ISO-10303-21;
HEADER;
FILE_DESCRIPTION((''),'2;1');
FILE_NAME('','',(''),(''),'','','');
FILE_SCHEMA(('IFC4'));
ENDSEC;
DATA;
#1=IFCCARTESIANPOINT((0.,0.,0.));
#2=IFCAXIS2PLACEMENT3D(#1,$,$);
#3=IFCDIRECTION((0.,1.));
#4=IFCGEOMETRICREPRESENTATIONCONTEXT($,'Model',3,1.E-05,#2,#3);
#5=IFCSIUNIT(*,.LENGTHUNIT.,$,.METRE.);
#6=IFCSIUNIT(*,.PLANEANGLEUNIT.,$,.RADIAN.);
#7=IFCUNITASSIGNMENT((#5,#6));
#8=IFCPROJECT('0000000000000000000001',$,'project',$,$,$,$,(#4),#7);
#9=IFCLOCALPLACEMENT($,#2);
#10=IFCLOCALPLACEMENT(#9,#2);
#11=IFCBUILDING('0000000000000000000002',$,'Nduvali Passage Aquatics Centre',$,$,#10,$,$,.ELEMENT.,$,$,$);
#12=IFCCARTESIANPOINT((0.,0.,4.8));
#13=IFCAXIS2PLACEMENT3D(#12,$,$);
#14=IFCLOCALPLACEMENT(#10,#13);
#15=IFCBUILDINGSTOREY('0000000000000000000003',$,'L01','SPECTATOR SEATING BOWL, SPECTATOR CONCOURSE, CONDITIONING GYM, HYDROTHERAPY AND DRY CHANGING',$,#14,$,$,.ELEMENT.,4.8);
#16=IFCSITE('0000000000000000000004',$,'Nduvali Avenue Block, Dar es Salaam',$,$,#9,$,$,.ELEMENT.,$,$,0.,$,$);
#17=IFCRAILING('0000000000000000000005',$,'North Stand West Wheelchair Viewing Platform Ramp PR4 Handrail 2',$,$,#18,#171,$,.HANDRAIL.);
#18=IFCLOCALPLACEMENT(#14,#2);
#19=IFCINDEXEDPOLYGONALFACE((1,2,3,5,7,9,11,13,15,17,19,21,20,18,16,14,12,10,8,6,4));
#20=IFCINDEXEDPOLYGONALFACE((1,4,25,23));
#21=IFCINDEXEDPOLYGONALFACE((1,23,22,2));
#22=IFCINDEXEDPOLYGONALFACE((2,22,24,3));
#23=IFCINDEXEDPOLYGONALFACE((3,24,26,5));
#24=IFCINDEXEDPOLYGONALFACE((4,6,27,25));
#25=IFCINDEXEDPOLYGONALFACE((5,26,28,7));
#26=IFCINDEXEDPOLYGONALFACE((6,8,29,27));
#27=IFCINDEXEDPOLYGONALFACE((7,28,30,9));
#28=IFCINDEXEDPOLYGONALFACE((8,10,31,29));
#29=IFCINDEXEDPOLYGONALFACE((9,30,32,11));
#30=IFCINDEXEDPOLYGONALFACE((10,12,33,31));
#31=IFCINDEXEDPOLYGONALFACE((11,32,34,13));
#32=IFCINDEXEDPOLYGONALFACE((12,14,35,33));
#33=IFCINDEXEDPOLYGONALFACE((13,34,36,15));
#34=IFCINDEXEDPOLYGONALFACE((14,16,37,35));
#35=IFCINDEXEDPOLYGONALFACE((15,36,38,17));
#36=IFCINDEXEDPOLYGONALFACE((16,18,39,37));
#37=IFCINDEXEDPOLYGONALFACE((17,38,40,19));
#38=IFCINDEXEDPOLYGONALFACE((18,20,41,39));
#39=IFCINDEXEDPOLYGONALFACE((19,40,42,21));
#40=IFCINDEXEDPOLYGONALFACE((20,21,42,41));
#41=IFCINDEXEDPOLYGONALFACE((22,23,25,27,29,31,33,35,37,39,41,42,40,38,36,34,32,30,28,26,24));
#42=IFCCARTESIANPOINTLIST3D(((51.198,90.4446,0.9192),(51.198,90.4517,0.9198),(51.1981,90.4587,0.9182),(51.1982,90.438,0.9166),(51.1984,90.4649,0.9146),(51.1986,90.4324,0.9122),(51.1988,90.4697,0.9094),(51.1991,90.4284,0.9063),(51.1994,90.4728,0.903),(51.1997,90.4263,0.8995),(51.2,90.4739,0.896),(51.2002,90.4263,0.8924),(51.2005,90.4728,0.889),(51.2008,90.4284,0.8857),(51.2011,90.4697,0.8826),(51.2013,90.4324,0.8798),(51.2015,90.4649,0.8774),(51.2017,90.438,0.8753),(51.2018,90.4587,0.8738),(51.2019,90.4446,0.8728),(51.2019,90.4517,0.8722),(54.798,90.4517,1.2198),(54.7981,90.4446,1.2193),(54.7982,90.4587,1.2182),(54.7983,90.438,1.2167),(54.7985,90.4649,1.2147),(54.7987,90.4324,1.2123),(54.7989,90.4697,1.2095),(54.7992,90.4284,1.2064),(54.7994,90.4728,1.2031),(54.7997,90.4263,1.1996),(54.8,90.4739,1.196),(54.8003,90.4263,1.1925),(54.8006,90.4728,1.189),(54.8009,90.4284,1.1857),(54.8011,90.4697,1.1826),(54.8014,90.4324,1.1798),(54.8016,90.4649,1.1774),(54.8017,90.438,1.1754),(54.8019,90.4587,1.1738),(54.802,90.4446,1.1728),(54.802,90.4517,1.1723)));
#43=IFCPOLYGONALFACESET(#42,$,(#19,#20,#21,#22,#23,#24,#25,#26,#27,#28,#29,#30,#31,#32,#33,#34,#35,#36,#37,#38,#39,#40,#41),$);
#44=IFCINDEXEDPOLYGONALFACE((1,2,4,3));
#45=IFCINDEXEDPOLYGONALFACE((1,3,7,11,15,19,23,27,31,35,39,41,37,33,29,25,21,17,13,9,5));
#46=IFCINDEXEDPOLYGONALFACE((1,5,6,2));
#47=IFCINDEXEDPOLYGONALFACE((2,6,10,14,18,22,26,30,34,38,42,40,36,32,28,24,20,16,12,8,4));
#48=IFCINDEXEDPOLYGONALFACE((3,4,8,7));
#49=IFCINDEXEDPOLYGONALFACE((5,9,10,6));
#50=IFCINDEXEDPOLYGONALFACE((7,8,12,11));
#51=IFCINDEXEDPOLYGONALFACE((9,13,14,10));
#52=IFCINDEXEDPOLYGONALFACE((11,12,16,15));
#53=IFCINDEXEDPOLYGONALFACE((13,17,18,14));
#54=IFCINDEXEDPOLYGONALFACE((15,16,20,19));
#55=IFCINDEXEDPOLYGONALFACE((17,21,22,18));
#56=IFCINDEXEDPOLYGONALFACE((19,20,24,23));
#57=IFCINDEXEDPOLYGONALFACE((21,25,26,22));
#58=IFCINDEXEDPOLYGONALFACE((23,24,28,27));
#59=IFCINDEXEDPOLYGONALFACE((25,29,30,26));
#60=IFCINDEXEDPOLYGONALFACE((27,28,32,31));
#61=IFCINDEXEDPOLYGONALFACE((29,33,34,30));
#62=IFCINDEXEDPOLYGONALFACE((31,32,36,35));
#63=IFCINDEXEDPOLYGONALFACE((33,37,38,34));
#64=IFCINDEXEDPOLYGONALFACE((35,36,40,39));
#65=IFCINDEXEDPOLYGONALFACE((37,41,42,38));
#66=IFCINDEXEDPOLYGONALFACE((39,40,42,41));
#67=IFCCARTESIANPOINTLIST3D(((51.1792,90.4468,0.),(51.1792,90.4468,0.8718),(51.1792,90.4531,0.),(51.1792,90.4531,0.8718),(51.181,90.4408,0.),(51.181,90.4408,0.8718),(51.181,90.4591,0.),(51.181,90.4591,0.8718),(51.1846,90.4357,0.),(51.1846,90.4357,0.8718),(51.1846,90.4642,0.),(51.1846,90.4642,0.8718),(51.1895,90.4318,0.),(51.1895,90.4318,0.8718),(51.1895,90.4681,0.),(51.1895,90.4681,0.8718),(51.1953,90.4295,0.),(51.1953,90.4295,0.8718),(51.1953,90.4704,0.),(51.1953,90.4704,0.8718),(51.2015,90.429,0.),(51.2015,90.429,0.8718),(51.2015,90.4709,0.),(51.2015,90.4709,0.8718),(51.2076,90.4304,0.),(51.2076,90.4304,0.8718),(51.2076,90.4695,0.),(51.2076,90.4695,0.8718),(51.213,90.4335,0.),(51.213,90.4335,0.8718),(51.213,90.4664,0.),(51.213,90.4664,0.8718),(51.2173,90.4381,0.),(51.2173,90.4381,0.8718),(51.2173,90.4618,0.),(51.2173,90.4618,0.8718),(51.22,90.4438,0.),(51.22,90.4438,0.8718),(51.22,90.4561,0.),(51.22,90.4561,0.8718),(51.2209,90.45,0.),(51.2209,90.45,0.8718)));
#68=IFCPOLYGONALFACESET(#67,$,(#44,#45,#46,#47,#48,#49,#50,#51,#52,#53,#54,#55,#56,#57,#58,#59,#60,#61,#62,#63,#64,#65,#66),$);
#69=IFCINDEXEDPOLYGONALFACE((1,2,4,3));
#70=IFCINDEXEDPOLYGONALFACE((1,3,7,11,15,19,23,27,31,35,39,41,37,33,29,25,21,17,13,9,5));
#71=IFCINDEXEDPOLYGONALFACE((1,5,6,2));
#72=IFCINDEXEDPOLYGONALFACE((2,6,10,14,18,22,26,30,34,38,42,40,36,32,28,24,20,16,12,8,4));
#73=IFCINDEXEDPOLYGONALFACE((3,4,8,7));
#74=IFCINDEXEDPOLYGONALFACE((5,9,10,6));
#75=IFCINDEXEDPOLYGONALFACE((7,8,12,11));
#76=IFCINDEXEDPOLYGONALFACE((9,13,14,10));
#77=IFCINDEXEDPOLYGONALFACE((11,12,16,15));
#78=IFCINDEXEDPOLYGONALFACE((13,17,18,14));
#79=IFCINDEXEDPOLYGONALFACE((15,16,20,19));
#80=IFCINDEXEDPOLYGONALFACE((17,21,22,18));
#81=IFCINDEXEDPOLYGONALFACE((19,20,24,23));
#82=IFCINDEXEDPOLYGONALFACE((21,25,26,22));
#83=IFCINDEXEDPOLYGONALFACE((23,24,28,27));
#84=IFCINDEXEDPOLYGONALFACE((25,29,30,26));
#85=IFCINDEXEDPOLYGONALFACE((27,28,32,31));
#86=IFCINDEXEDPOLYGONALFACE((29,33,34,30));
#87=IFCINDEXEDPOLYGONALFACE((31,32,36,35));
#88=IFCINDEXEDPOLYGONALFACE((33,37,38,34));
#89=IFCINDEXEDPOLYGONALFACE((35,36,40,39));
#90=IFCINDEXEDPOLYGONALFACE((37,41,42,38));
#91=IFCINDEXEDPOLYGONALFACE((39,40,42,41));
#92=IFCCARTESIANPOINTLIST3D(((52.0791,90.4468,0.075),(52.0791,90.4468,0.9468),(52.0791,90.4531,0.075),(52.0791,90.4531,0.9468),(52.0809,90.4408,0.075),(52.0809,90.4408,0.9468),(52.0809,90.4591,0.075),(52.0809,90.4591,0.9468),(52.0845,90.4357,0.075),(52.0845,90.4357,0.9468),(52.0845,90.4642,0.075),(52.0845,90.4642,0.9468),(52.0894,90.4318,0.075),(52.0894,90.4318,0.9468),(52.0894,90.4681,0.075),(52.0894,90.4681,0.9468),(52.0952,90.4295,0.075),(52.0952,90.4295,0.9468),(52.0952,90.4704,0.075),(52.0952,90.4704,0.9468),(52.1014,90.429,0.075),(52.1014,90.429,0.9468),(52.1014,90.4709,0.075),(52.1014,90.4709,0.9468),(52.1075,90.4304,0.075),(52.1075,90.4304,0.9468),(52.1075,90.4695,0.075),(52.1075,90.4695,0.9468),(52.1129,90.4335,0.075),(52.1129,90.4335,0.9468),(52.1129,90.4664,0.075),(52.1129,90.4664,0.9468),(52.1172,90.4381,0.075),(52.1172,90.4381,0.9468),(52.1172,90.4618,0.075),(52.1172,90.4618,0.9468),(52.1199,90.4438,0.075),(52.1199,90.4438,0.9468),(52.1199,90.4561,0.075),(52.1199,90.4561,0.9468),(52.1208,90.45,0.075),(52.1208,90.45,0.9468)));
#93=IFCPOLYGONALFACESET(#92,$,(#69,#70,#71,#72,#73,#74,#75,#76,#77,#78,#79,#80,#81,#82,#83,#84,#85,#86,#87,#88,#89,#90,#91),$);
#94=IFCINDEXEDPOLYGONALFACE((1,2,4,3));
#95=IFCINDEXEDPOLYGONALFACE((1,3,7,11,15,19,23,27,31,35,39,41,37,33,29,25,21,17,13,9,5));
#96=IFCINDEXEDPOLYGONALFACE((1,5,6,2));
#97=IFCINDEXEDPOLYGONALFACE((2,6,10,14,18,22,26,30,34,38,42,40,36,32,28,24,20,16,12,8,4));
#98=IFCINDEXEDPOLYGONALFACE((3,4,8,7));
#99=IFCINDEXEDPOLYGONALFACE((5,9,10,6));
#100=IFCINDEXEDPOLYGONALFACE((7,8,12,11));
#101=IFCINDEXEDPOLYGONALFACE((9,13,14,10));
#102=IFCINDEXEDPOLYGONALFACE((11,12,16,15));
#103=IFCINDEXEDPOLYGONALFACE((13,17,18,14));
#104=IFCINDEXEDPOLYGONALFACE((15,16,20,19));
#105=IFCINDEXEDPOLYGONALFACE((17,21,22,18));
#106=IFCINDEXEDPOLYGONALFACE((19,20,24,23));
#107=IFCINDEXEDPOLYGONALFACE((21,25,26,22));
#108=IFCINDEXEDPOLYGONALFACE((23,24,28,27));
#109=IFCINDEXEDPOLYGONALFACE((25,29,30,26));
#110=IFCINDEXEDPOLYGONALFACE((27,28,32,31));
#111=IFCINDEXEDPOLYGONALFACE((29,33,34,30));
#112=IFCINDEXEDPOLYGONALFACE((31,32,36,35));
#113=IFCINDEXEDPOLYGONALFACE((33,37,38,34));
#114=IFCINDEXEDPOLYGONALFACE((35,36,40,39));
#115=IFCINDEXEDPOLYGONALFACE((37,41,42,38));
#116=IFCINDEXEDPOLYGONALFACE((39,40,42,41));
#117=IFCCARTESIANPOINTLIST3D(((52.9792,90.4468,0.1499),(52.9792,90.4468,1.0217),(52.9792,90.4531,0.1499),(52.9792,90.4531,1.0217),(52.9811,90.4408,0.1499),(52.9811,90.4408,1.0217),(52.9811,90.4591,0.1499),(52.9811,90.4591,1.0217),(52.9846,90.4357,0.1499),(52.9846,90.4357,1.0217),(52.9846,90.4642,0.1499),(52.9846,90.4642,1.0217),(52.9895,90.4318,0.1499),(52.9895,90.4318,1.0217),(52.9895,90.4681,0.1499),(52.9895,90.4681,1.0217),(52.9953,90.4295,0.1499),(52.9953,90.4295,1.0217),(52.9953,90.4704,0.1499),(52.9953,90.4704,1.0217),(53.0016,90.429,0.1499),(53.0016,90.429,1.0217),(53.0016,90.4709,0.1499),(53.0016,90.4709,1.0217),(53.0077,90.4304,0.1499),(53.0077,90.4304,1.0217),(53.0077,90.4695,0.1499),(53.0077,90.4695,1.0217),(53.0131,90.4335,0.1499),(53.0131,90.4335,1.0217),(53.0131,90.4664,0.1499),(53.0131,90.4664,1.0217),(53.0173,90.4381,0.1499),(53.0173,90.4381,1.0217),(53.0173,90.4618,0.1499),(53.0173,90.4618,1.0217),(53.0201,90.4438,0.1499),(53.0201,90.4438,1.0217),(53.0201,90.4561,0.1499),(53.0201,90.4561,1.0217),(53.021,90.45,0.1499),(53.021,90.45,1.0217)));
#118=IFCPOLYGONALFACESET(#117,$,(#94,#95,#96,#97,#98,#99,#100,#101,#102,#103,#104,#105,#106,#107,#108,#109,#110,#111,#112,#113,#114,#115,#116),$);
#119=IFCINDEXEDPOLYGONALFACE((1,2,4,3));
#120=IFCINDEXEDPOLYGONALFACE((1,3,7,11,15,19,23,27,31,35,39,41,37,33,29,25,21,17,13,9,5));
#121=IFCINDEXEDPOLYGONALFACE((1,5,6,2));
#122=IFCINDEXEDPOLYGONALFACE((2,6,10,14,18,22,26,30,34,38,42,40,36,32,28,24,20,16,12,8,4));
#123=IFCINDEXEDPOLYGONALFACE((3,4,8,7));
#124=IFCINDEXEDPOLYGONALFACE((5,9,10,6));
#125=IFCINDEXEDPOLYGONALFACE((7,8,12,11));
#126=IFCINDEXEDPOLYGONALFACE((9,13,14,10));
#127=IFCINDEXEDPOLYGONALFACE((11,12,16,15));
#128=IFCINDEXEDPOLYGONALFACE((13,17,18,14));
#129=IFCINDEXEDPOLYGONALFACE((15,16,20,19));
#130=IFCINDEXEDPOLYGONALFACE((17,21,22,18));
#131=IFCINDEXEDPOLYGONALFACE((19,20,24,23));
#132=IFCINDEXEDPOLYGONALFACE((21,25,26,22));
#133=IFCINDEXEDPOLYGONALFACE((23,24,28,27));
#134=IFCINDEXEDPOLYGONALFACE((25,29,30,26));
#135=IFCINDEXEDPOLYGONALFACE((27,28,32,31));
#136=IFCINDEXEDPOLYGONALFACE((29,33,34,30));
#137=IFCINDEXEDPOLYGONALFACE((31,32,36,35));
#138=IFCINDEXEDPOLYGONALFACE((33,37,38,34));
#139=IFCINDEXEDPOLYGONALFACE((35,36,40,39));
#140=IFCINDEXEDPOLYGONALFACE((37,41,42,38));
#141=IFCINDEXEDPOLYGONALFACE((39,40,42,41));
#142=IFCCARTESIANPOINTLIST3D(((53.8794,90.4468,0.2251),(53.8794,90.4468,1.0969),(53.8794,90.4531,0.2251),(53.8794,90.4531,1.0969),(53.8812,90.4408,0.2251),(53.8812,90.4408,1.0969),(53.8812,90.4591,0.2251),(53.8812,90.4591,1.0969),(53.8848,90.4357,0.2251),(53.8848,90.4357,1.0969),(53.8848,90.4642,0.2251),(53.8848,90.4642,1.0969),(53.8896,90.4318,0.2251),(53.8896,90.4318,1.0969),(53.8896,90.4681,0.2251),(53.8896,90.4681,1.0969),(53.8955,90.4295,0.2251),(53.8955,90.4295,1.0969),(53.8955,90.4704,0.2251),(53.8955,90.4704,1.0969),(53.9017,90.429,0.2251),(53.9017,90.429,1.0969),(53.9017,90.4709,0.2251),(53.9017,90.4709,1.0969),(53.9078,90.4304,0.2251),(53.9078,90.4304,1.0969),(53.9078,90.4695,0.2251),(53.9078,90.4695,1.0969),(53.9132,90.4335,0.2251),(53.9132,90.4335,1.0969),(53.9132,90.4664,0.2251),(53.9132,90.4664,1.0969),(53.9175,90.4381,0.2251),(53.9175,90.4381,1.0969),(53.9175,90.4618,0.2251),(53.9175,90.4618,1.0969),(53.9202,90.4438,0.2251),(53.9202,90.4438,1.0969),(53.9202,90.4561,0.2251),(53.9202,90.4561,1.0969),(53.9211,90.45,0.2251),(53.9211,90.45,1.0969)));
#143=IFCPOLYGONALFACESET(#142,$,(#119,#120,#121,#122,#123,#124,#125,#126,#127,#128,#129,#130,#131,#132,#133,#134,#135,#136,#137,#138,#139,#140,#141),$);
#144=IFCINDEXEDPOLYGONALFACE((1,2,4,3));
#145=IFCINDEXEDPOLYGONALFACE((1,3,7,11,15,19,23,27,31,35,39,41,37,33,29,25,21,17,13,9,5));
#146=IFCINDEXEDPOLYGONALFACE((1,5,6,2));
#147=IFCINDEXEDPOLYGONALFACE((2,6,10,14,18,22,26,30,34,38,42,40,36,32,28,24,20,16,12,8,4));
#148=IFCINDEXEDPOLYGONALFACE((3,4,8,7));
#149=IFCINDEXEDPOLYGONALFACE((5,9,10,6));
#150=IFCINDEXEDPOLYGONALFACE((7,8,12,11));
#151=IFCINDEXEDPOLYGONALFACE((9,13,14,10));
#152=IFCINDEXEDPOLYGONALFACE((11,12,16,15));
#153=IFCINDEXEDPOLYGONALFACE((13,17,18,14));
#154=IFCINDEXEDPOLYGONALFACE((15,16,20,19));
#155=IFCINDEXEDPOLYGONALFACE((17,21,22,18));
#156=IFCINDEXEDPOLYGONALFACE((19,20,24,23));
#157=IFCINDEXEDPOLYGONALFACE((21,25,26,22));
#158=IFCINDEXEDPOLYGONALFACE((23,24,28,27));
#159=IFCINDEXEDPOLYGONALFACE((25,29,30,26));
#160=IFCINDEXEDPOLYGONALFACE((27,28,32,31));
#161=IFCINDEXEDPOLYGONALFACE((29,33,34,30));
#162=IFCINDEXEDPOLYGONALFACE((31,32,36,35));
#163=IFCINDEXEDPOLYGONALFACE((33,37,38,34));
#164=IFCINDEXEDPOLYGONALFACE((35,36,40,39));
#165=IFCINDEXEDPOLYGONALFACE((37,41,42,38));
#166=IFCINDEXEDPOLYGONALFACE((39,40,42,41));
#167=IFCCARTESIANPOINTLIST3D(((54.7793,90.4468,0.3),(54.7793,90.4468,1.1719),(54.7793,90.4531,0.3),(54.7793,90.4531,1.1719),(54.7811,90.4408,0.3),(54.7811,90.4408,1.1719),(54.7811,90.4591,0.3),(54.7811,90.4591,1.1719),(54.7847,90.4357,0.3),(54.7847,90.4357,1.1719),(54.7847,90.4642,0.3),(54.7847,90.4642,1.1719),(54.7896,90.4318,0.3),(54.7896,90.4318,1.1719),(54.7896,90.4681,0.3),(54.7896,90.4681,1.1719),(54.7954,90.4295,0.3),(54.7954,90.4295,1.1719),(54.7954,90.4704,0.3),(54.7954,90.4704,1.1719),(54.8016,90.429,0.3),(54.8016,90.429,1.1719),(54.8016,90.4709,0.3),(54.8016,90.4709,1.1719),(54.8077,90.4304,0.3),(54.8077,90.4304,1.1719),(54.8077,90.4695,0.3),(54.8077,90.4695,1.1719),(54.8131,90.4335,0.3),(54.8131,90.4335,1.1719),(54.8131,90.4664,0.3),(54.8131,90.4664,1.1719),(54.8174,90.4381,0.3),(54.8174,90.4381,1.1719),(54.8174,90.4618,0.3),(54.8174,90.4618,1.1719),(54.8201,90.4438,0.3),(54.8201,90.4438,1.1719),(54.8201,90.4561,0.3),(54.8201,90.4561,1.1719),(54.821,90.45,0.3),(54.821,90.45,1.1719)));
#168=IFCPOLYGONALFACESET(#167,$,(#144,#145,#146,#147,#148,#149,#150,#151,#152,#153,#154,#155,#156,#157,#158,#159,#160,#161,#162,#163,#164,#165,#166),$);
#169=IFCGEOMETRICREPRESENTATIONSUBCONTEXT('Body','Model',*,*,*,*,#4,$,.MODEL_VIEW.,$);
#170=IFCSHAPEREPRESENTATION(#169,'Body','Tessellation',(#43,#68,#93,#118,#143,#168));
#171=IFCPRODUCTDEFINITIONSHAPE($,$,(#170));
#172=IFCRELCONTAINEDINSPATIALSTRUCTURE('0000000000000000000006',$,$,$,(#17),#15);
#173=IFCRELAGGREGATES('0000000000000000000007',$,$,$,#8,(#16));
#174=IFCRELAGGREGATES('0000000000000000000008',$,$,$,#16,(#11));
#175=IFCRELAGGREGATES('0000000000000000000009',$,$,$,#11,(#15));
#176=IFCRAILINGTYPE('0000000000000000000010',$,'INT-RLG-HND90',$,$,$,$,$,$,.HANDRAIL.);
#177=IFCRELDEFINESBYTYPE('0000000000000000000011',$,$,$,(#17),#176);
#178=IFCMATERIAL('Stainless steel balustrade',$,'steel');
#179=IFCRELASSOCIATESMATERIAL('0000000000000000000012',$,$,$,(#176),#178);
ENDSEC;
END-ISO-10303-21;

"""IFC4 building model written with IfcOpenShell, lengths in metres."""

from ifc_helpers import new_model, si_unit, direction, frame, origin, origin_2d, place, context, subcontext, project, spatial, circle, extrude, material, type_object, element, save


model = new_model("IFC4")

# Units and contexts
model_context = context("Model", 3, precision=1e-05, world=origin(), true_north=direction((0.0, 1.0)))
body_context = subcontext(model_context, "Body", "Model", "MODEL_VIEW")
ifc_project = project(units=[si_unit("LENGTHUNIT", "METRE"), si_unit("PLANEANGLEUNIT", "RADIAN")], contexts=[model_context])

# Site, building, storey
site_placement = place(None, origin())
site = spatial("IfcSite", under=ifc_project, at=site_placement, Name="Nduvali Avenue Block, Dar es Salaam", CompositionType="ELEMENT", RefElevation=0.0)
building_placement = place(site_placement, origin())
building = spatial("IfcBuilding", under=site, at=building_placement, Name="Nduvali Passage Aquatics Centre", CompositionType="ELEMENT")
storey_placement = place(building_placement, frame((0.0, 0.0, 4.8)))
storey = spatial("IfcBuildingStorey", under=building, at=storey_placement, Name="L01", Description="SPECTATOR SEATING BOWL, SPECTATOR CONCOURSE, CONDITIONING GYM, HYDROTHERAPY AND DRY CHANGING", CompositionType="ELEMENT", Elevation=4.8)

# Railing
ifc_material_1 = material(Name="Stainless steel balustrade", Category="steel")
railing_type = type_object("IfcRailingType", Name="INT-RLG-HND90", PredefinedType="HANDRAIL", material=ifc_material_1)
for number, where, name in (
    (1, (51.2, 90.45, 0.0), "North Stand West Wheelchair Viewing Platform Ramp PR4 Handrail 2"),
):
    element("IfcRailing", number, at=place(storey_placement, frame(where)), inside=storey, type_object=railing_type, Name=name, PredefinedType="HANDRAIL", context=body_context, shape_type="SweptSolid", body=[
        extrude(circle(Radius=0.0239, at=origin_2d()), frame((0.0, 0.0, 0.896), z_axis=(0.996545, 0.0, 0.083057), x_axis=(0.0, 1.0, 0.0)), (0.0, 0.0, 1.0), 3.6125),
        extrude(circle(Radius=0.021, at=origin_2d()), origin(), (0.0, 0.0, 1.0), 0.8718),
        extrude(circle(Radius=0.021, at=origin_2d()), frame((0.8999, 0.0, 0.075)), (0.0, 0.0, 1.0), 0.8718),
        extrude(circle(Radius=0.021, at=origin_2d()), frame((1.8, 0.0, 0.1499)), (0.0, 0.0, 1.0), 0.8718),
        extrude(circle(Radius=0.021, at=origin_2d()), frame((2.7002, 0.0, 0.2251)), (0.0, 0.0, 1.0), 0.8718),
        extrude(circle(Radius=0.021, at=origin_2d()), frame((3.6001, 0.0, 0.3)), (0.0, 0.0, 1.0), 0.8718),
    ])

save(model, "model.ifc")
